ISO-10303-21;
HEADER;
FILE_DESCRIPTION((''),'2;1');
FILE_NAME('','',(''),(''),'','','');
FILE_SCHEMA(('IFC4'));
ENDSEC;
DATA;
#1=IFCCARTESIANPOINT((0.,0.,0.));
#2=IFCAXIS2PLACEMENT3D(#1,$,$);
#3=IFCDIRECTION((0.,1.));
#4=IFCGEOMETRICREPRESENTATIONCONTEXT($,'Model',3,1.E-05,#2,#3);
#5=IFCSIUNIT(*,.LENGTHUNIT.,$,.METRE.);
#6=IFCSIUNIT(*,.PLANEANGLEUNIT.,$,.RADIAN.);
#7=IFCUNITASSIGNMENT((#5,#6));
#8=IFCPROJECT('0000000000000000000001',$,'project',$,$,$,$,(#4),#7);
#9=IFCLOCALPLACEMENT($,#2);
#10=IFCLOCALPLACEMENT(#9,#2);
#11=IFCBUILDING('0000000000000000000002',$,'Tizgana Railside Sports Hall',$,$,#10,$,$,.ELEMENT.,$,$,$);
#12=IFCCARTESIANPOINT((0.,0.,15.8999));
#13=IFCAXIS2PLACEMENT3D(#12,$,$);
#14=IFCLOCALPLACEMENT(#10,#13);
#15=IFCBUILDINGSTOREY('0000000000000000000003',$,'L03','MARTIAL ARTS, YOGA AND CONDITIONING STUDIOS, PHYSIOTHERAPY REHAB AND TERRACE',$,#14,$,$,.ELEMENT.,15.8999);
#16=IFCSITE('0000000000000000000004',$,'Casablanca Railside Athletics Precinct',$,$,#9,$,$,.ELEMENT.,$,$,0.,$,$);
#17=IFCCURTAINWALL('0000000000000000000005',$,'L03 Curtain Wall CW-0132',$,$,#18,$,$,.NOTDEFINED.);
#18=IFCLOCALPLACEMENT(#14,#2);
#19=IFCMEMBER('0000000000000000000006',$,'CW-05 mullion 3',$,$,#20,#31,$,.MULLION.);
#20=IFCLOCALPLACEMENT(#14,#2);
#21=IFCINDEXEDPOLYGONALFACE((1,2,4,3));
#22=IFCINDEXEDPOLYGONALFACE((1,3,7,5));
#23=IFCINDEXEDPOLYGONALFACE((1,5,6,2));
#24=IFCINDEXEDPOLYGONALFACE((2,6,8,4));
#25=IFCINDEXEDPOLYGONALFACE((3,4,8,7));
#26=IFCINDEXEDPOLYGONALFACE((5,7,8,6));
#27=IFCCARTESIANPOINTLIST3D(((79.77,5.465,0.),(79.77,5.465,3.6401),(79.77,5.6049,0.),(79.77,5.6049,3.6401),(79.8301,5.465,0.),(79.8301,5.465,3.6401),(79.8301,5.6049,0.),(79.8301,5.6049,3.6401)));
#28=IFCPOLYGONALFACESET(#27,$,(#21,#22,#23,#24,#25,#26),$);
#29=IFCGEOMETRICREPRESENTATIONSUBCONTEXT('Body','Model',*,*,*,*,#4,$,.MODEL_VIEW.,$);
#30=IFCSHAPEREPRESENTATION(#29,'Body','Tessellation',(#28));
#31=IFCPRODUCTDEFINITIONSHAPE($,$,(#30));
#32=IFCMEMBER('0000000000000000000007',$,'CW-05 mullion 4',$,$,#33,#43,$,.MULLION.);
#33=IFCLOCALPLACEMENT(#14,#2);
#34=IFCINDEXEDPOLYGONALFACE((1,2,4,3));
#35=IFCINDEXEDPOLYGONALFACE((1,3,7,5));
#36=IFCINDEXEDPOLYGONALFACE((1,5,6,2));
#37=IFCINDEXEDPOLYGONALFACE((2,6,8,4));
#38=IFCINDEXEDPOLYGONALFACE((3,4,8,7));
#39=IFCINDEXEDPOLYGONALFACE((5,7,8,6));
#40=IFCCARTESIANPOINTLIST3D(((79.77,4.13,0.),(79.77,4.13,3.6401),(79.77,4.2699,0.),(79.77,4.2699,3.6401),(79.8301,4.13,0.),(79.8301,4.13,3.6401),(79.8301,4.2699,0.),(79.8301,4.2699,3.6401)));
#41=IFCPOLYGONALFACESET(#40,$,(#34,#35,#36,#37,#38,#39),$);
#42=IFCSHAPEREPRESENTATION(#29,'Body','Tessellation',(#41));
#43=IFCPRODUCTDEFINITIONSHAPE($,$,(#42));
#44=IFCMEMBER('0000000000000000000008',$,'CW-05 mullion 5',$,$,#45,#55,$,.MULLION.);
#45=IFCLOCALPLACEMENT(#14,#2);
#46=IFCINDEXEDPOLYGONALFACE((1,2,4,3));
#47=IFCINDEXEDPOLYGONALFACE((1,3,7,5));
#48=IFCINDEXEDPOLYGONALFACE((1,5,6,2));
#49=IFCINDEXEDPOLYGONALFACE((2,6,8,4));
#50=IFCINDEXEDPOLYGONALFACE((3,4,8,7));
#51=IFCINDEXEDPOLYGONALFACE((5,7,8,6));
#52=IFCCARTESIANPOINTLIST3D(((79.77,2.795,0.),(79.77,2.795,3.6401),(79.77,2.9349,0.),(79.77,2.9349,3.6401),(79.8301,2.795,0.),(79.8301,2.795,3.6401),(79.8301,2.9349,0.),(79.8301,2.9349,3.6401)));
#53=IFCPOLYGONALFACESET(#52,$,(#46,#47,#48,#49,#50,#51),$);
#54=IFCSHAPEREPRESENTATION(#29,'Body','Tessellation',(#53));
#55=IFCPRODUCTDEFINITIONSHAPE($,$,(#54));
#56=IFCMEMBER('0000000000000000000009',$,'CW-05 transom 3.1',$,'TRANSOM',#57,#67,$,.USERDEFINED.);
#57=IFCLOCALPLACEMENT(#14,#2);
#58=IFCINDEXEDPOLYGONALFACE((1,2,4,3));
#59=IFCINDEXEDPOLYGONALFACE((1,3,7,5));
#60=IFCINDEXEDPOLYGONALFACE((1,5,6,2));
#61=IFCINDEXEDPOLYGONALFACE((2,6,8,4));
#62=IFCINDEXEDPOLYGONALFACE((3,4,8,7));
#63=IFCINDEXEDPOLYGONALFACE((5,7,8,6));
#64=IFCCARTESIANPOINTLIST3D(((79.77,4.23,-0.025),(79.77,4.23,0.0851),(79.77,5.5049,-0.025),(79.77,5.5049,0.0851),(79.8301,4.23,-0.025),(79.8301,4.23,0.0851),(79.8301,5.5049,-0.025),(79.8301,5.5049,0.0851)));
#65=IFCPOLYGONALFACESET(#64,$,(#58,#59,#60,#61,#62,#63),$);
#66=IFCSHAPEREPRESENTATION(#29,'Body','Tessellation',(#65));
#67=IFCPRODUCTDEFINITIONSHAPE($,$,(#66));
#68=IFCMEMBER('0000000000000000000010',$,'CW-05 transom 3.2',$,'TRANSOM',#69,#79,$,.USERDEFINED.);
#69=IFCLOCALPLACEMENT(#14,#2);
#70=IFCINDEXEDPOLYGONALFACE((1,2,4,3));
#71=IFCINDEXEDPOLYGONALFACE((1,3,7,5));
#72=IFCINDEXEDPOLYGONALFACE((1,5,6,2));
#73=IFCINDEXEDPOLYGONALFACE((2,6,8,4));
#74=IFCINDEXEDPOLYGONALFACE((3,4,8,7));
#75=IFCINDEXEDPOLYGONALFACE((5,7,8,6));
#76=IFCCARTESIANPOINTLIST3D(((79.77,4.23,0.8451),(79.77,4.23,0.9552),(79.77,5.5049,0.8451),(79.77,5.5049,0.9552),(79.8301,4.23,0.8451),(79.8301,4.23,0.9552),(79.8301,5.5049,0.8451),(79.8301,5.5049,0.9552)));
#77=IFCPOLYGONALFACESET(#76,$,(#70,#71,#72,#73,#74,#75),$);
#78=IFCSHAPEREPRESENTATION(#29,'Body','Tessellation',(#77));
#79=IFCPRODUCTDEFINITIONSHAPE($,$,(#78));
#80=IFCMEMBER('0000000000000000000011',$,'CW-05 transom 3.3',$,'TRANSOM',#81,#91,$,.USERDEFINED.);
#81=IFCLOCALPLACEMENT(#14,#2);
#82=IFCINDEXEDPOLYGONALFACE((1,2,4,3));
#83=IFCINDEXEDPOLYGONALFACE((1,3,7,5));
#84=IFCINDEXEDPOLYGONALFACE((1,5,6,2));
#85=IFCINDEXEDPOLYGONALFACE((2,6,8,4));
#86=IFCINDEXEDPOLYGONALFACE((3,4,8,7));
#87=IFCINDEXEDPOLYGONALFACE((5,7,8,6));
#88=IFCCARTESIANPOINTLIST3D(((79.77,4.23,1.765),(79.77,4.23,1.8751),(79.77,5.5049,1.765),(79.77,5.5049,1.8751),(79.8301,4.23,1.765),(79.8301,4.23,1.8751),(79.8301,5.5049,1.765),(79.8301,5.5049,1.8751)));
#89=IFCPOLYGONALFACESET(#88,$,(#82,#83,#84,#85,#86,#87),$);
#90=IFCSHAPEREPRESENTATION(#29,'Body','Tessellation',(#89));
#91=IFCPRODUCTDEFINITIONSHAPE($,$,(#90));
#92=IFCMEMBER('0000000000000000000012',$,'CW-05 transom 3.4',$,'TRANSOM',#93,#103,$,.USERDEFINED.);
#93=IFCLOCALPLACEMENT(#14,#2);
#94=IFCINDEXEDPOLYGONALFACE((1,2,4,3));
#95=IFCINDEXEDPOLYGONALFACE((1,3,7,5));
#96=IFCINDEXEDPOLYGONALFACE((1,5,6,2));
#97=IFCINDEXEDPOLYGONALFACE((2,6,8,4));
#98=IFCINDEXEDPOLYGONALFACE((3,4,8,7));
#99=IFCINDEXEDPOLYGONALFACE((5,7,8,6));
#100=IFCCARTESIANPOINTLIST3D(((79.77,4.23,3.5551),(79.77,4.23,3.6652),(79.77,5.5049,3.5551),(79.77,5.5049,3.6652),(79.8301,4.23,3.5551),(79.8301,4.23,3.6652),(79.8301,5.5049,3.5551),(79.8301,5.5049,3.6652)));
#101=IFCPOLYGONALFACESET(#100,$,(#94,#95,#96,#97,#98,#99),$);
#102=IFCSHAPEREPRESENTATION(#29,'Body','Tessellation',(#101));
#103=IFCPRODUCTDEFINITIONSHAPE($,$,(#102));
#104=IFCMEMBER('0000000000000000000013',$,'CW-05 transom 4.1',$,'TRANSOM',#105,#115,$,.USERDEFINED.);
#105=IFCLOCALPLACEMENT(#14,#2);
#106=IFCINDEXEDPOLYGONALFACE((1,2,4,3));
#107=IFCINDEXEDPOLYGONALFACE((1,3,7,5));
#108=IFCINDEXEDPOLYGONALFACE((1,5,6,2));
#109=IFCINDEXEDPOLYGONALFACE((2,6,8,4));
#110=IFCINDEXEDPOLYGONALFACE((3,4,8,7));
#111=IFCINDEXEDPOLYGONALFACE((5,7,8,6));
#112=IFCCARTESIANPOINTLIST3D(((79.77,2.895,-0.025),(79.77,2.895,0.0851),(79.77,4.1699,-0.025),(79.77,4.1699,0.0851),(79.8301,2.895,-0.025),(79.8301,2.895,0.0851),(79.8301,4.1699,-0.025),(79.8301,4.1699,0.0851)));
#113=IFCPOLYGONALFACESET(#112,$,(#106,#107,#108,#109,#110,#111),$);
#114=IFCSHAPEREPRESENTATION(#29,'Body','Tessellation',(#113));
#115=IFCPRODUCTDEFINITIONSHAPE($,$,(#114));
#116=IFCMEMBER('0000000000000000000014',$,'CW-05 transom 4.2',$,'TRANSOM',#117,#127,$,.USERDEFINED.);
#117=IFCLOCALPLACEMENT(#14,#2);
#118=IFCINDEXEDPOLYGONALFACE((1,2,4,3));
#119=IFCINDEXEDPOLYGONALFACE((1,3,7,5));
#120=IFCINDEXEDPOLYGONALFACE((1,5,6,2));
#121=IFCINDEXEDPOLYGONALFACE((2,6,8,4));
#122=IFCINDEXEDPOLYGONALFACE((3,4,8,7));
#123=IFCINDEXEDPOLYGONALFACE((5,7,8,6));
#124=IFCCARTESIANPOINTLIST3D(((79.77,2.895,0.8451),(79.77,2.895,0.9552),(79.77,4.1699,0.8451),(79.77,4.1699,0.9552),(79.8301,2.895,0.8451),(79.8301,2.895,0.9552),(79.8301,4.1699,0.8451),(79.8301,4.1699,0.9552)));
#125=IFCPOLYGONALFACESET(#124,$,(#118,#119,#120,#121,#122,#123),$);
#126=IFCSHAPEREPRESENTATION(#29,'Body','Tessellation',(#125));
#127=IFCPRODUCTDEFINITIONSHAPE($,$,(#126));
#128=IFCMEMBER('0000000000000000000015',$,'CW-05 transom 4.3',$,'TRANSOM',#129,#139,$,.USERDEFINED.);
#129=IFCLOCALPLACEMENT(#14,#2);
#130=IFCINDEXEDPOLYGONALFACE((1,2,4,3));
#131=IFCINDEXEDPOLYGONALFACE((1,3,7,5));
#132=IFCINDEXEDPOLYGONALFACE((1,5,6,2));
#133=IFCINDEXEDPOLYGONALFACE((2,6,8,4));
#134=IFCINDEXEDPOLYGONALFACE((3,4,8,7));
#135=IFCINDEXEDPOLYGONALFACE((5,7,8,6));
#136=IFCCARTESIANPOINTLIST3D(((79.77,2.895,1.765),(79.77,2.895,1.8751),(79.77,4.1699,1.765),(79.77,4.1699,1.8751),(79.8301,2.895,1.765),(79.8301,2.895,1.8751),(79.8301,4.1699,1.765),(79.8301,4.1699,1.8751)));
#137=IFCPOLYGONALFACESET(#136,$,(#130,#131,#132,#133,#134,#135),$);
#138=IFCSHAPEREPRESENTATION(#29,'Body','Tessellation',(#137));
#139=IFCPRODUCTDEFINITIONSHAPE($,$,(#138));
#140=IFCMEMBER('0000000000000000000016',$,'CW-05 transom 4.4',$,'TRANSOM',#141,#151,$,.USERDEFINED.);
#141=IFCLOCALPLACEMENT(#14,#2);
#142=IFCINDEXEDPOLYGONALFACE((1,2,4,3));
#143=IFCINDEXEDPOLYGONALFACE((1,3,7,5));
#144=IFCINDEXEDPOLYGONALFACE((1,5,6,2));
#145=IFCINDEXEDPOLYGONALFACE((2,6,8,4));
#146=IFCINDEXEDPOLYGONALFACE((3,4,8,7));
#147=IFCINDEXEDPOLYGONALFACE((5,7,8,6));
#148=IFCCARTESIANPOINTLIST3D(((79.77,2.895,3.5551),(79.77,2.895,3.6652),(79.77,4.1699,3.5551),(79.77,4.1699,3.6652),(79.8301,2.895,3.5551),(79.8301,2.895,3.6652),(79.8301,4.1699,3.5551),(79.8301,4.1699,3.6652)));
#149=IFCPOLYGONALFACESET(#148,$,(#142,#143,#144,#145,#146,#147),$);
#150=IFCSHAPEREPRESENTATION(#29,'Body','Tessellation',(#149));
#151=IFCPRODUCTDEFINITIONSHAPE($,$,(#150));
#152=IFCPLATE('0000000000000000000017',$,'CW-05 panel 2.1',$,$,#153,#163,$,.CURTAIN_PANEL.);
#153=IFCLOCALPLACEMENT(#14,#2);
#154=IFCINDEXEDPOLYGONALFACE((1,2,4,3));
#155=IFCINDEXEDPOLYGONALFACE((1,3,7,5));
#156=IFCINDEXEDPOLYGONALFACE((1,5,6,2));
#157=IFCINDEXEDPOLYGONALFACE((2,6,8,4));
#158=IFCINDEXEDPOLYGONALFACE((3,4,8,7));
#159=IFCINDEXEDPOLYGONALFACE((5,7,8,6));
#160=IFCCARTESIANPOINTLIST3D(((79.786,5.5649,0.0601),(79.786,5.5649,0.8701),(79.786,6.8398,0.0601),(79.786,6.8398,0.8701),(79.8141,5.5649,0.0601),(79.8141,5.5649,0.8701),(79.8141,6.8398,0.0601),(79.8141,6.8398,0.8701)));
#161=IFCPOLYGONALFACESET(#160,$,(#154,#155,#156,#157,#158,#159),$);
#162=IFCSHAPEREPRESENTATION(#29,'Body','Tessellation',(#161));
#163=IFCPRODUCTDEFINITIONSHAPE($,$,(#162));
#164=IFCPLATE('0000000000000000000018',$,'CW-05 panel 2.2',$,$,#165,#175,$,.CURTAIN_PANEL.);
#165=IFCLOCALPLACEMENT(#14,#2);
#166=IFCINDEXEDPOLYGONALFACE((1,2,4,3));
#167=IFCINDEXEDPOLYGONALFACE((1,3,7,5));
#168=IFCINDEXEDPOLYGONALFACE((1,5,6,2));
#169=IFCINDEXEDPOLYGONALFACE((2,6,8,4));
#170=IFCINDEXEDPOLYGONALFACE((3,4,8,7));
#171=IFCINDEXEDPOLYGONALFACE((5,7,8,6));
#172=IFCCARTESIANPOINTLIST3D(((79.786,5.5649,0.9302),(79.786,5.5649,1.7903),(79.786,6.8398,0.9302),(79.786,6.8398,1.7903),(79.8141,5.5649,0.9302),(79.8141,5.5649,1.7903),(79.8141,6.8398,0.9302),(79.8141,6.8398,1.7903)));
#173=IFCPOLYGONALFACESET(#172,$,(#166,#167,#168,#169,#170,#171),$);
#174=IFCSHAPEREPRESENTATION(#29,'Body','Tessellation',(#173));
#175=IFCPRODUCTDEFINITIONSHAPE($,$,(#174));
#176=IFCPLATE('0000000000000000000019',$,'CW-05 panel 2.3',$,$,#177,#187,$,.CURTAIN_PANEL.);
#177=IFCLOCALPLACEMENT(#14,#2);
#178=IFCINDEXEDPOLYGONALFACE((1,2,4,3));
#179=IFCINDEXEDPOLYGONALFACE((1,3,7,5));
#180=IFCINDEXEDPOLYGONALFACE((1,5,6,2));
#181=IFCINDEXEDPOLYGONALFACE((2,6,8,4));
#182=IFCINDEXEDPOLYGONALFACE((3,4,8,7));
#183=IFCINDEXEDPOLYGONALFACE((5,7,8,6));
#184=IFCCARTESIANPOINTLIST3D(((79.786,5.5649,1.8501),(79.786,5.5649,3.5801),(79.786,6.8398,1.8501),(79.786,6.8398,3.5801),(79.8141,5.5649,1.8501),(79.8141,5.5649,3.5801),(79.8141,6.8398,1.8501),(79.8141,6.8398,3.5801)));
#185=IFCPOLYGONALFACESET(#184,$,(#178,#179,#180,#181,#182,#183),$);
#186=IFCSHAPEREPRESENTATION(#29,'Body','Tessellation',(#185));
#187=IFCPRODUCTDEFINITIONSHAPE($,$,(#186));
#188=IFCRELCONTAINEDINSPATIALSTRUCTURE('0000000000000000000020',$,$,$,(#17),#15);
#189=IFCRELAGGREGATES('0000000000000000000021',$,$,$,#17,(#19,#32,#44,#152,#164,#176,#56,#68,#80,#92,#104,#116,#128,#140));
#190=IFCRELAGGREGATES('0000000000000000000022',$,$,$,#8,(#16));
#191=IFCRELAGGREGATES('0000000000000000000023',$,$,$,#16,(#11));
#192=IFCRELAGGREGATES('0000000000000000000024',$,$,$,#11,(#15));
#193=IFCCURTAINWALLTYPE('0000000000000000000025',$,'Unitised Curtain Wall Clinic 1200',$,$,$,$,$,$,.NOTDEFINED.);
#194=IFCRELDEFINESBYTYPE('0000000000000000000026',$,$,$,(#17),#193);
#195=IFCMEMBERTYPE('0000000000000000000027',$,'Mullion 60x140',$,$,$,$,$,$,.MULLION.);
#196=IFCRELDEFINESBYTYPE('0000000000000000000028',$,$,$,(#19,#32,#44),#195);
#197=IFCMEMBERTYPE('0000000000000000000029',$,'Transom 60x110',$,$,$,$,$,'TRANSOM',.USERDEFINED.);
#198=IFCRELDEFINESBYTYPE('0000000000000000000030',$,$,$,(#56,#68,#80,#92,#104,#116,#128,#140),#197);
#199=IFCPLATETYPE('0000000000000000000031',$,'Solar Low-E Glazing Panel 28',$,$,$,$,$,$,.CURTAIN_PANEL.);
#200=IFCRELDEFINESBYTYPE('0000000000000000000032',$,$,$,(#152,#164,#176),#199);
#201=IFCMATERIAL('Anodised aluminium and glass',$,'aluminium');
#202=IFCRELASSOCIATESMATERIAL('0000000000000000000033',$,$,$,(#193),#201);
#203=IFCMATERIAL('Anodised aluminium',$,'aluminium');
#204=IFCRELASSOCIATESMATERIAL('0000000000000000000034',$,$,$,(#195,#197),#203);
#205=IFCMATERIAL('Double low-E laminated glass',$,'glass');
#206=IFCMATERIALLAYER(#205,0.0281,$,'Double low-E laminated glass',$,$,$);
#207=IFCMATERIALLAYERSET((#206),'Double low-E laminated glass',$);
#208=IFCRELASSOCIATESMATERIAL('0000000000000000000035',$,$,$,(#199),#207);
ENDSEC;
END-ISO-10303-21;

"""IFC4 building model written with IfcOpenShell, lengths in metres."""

from ifc_helpers import new_model, si_unit, direction, frame, origin, origin_2d, place, context, subcontext, project, spatial, rectangle, extrude, material, layer, layer_set, material_profile, profile_set, type_object, element, aggregate, save


model = new_model("IFC4")

# Units and contexts
model_context = context("Model", 3, precision=1e-05, world=origin(), true_north=direction((0.0, 1.0)))
body_context = subcontext(model_context, "Body", "Model", "MODEL_VIEW")
ifc_project = project(units=[si_unit("LENGTHUNIT", "METRE"), si_unit("PLANEANGLEUNIT", "RADIAN")], contexts=[model_context])

# Site, building, storey
site_placement = place(None, origin())
site = spatial("IfcSite", under=ifc_project, at=site_placement, Name="Casablanca Railside Athletics Precinct", CompositionType="ELEMENT", RefElevation=0.0)
building_placement = place(site_placement, origin())
building = spatial("IfcBuilding", under=site, at=building_placement, Name="Tizgana Railside Sports Hall", CompositionType="ELEMENT")
storey_placement = place(building_placement, frame((0.0, 0.0, 15.8999)))
storey = spatial("IfcBuildingStorey", under=building, at=storey_placement, Name="L03", Description="MARTIAL ARTS, YOGA AND CONDITIONING STUDIOS, PHYSIOTHERAPY REHAB AND TERRACE", CompositionType="ELEMENT", Elevation=15.8999)

# Curtain wall, members, plates
ifc_material_1 = material(Name="Anodised aluminium and glass", Category="aluminium")
curtain_wall_type = type_object("IfcCurtainWallType", Name="Unitised Curtain Wall Clinic 1200", PredefinedType="NOTDEFINED", material=ifc_material_1)
curtain_wall_placement = place(storey_placement, origin())
curtain_wall = element("IfcCurtainWall", 1, at=curtain_wall_placement, inside=storey, type_object=curtain_wall_type, Name="L03 Curtain Wall CW-0132", PredefinedType="NOTDEFINED")
ifc_material_2 = material(Name="Anodised aluminium", Category="aluminium")
ifc_material_profile_1 = material_profile(ifc_material_2, rectangle(XDim=0.0601, YDim=0.1399, at=origin_2d()), Name="Mullion 60x140")
ifc_profile_set_1 = profile_set([ifc_material_profile_1], Name="Anodised aluminium")
member_type_1 = type_object("IfcMemberType", Name="Mullion 60x140", PredefinedType="MULLION", material=ifc_profile_set_1)
member_1_placement = place(storey_placement, frame((79.8, 5.5349, 0.0), z_axis=(0.0, 0.0, 1.0), x_axis=(1.0, 0.0, 0.0)))
member_1 = element("IfcMember", 2, at=member_1_placement, type_object=member_type_1, Name="CW-05 mullion 3", PredefinedType="MULLION", context=body_context, shape_type="SweptSolid", body=[
    extrude(rectangle(XDim=0.0601, YDim=0.1399, at=origin_2d()), origin(), (0.0, 0.0, 1.0), 3.6401),
])
member_2_placement = place(storey_placement, frame((79.8, 4.2, 0.0), z_axis=(0.0, 0.0, 1.0), x_axis=(1.0, 0.0, 0.0)))
member_2 = element("IfcMember", 3, at=member_2_placement, type_object=member_type_1, Name="CW-05 mullion 4", PredefinedType="MULLION", context=body_context, shape_type="SweptSolid", body=[
    extrude(rectangle(XDim=0.0601, YDim=0.1399, at=origin_2d()), origin(), (0.0, 0.0, 1.0), 3.6401),
])
member_3_placement = place(storey_placement, frame((79.8, 2.865, 0.0), z_axis=(0.0, 0.0, 1.0), x_axis=(1.0, 0.0, 0.0)))
member_3 = element("IfcMember", 4, at=member_3_placement, type_object=member_type_1, Name="CW-05 mullion 5", PredefinedType="MULLION", context=body_context, shape_type="SweptSolid", body=[
    extrude(rectangle(XDim=0.0601, YDim=0.1399, at=origin_2d()), origin(), (0.0, 0.0, 1.0), 3.6401),
])
ifc_material_profile_2 = material_profile(ifc_material_2, rectangle(XDim=0.0601, YDim=0.1101, at=origin_2d()), Name="Transom 60x110")
ifc_profile_set_2 = profile_set([ifc_material_profile_2], Name="Anodised aluminium")
member_type_2 = type_object("IfcMemberType", Name="Transom 60x110", ElementType="TRANSOM", PredefinedType="USERDEFINED", material=ifc_profile_set_2)
member_4_placement = place(storey_placement, frame((79.8, 5.5049, 0.03), z_axis=(0.0, -1.0, 0.0), x_axis=(1.0, 0.0, 0.0)))
member_4 = element("IfcMember", 5, at=member_4_placement, type_object=member_type_2, Name="CW-05 transom 3.1", ObjectType="TRANSOM", PredefinedType="USERDEFINED", context=body_context, shape_type="SweptSolid", body=[
    extrude(rectangle(XDim=0.0601, YDim=0.1101, at=origin_2d()), origin(), (0.0, 0.0, 1.0), 1.2749),
])
member_5_placement = place(storey_placement, frame((79.8, 5.5049, 0.9001), z_axis=(0.0, -1.0, 0.0), x_axis=(1.0, 0.0, 0.0)))
member_5 = element("IfcMember", 6, at=member_5_placement, type_object=member_type_2, Name="CW-05 transom 3.2", ObjectType="TRANSOM", PredefinedType="USERDEFINED", context=body_context, shape_type="SweptSolid", body=[
    extrude(rectangle(XDim=0.0601, YDim=0.1101, at=origin_2d()), origin(), (0.0, 0.0, 1.0), 1.2749),
])
member_6_placement = place(storey_placement, frame((79.8, 5.5049, 1.8201), z_axis=(0.0, -1.0, 0.0), x_axis=(1.0, 0.0, 0.0)))
member_6 = element("IfcMember", 7, at=member_6_placement, type_object=member_type_2, Name="CW-05 transom 3.3", ObjectType="TRANSOM", PredefinedType="USERDEFINED", context=body_context, shape_type="SweptSolid", body=[
    extrude(rectangle(XDim=0.0601, YDim=0.1101, at=origin_2d()), origin(), (0.0, 0.0, 1.0), 1.2749),
])
member_7_placement = place(storey_placement, frame((79.8, 5.5049, 3.6101), z_axis=(0.0, -1.0, 0.0), x_axis=(1.0, 0.0, 0.0)))
member_7 = element("IfcMember", 8, at=member_7_placement, type_object=member_type_2, Name="CW-05 transom 3.4", ObjectType="TRANSOM", PredefinedType="USERDEFINED", context=body_context, shape_type="SweptSolid", body=[
    extrude(rectangle(XDim=0.0601, YDim=0.1101, at=origin_2d()), origin(), (0.0, 0.0, 1.0), 1.2749),
])
member_8_placement = place(storey_placement, frame((79.8, 4.1699, 0.03), z_axis=(0.0, -1.0, 0.0), x_axis=(1.0, 0.0, 0.0)))
member_8 = element("IfcMember", 9, at=member_8_placement, type_object=member_type_2, Name="CW-05 transom 4.1", ObjectType="TRANSOM", PredefinedType="USERDEFINED", context=body_context, shape_type="SweptSolid", body=[
    extrude(rectangle(XDim=0.0601, YDim=0.1101, at=origin_2d()), origin(), (0.0, 0.0, 1.0), 1.2749),
])
member_9_placement = place(storey_placement, frame((79.8, 4.1699, 0.9001), z_axis=(0.0, -1.0, 0.0), x_axis=(1.0, 0.0, 0.0)))
member_9 = element("IfcMember", 10, at=member_9_placement, type_object=member_type_2, Name="CW-05 transom 4.2", ObjectType="TRANSOM", PredefinedType="USERDEFINED", context=body_context, shape_type="SweptSolid", body=[
    extrude(rectangle(XDim=0.0601, YDim=0.1101, at=origin_2d()), origin(), (0.0, 0.0, 1.0), 1.2749),
])
member_10_placement = place(storey_placement, frame((79.8, 4.1699, 1.8201), z_axis=(0.0, -1.0, 0.0), x_axis=(1.0, 0.0, 0.0)))
member_10 = element("IfcMember", 11, at=member_10_placement, type_object=member_type_2, Name="CW-05 transom 4.3", ObjectType="TRANSOM", PredefinedType="USERDEFINED", context=body_context, shape_type="SweptSolid", body=[
    extrude(rectangle(XDim=0.0601, YDim=0.1101, at=origin_2d()), origin(), (0.0, 0.0, 1.0), 1.2749),
])
member_11_placement = place(storey_placement, frame((79.8, 4.1699, 3.6101), z_axis=(0.0, -1.0, 0.0), x_axis=(1.0, 0.0, 0.0)))
member_11 = element("IfcMember", 12, at=member_11_placement, type_object=member_type_2, Name="CW-05 transom 4.4", ObjectType="TRANSOM", PredefinedType="USERDEFINED", context=body_context, shape_type="SweptSolid", body=[
    extrude(rectangle(XDim=0.0601, YDim=0.1101, at=origin_2d()), origin(), (0.0, 0.0, 1.0), 1.2749),
])
ifc_material_3 = material(Name="Double low-E laminated glass", Category="glass")
ifc_layer_1 = layer(ifc_material_3, 0.0281, Name="Double low-E laminated glass")
ifc_layer_set_1 = layer_set([ifc_layer_1], Name="Double low-E laminated glass")
plate_type = type_object("IfcPlateType", Name="Solar Low-E Glazing Panel 28", PredefinedType="CURTAIN_PANEL", material=ifc_layer_set_1)
plate_1_placement = place(storey_placement, frame((79.8, 6.2024, 0.0601), z_axis=(0.0, 0.0, 1.0), x_axis=(0.0, -1.0, 0.0)))
plate_1 = element("IfcPlate", 13, at=plate_1_placement, type_object=plate_type, Name="CW-05 panel 2.1", PredefinedType="CURTAIN_PANEL", context=body_context, shape_type="SweptSolid", body=[
    extrude(rectangle(XDim=1.2749, YDim=0.0281, at=origin_2d()), origin(), (0.0, 0.0, 1.0), 0.8101),
])
plate_2_placement = place(storey_placement, frame((79.8, 6.2024, 0.9302), z_axis=(0.0, 0.0, 1.0), x_axis=(0.0, -1.0, 0.0)))
plate_2 = element("IfcPlate", 14, at=plate_2_placement, type_object=plate_type, Name="CW-05 panel 2.2", PredefinedType="CURTAIN_PANEL", context=body_context, shape_type="SweptSolid", body=[
    extrude(rectangle(XDim=1.2749, YDim=0.0281, at=origin_2d()), origin(), (0.0, 0.0, 1.0), 0.8601),
])
plate_3_placement = place(storey_placement, frame((79.8, 6.2024, 1.8501), z_axis=(0.0, 0.0, 1.0), x_axis=(0.0, -1.0, 0.0)))
plate_3 = element("IfcPlate", 15, at=plate_3_placement, type_object=plate_type, Name="CW-05 panel 2.3", PredefinedType="CURTAIN_PANEL", context=body_context, shape_type="SweptSolid", body=[
    extrude(rectangle(XDim=1.2749, YDim=0.0281, at=origin_2d()), origin(), (0.0, 0.0, 1.0), 1.73),
])
aggregate(curtain_wall, [member_1, member_2, member_3, plate_1, plate_2, plate_3, member_4, member_5, member_6, member_7, member_8, member_9, member_10, member_11])

save(model, "model.ifc")
